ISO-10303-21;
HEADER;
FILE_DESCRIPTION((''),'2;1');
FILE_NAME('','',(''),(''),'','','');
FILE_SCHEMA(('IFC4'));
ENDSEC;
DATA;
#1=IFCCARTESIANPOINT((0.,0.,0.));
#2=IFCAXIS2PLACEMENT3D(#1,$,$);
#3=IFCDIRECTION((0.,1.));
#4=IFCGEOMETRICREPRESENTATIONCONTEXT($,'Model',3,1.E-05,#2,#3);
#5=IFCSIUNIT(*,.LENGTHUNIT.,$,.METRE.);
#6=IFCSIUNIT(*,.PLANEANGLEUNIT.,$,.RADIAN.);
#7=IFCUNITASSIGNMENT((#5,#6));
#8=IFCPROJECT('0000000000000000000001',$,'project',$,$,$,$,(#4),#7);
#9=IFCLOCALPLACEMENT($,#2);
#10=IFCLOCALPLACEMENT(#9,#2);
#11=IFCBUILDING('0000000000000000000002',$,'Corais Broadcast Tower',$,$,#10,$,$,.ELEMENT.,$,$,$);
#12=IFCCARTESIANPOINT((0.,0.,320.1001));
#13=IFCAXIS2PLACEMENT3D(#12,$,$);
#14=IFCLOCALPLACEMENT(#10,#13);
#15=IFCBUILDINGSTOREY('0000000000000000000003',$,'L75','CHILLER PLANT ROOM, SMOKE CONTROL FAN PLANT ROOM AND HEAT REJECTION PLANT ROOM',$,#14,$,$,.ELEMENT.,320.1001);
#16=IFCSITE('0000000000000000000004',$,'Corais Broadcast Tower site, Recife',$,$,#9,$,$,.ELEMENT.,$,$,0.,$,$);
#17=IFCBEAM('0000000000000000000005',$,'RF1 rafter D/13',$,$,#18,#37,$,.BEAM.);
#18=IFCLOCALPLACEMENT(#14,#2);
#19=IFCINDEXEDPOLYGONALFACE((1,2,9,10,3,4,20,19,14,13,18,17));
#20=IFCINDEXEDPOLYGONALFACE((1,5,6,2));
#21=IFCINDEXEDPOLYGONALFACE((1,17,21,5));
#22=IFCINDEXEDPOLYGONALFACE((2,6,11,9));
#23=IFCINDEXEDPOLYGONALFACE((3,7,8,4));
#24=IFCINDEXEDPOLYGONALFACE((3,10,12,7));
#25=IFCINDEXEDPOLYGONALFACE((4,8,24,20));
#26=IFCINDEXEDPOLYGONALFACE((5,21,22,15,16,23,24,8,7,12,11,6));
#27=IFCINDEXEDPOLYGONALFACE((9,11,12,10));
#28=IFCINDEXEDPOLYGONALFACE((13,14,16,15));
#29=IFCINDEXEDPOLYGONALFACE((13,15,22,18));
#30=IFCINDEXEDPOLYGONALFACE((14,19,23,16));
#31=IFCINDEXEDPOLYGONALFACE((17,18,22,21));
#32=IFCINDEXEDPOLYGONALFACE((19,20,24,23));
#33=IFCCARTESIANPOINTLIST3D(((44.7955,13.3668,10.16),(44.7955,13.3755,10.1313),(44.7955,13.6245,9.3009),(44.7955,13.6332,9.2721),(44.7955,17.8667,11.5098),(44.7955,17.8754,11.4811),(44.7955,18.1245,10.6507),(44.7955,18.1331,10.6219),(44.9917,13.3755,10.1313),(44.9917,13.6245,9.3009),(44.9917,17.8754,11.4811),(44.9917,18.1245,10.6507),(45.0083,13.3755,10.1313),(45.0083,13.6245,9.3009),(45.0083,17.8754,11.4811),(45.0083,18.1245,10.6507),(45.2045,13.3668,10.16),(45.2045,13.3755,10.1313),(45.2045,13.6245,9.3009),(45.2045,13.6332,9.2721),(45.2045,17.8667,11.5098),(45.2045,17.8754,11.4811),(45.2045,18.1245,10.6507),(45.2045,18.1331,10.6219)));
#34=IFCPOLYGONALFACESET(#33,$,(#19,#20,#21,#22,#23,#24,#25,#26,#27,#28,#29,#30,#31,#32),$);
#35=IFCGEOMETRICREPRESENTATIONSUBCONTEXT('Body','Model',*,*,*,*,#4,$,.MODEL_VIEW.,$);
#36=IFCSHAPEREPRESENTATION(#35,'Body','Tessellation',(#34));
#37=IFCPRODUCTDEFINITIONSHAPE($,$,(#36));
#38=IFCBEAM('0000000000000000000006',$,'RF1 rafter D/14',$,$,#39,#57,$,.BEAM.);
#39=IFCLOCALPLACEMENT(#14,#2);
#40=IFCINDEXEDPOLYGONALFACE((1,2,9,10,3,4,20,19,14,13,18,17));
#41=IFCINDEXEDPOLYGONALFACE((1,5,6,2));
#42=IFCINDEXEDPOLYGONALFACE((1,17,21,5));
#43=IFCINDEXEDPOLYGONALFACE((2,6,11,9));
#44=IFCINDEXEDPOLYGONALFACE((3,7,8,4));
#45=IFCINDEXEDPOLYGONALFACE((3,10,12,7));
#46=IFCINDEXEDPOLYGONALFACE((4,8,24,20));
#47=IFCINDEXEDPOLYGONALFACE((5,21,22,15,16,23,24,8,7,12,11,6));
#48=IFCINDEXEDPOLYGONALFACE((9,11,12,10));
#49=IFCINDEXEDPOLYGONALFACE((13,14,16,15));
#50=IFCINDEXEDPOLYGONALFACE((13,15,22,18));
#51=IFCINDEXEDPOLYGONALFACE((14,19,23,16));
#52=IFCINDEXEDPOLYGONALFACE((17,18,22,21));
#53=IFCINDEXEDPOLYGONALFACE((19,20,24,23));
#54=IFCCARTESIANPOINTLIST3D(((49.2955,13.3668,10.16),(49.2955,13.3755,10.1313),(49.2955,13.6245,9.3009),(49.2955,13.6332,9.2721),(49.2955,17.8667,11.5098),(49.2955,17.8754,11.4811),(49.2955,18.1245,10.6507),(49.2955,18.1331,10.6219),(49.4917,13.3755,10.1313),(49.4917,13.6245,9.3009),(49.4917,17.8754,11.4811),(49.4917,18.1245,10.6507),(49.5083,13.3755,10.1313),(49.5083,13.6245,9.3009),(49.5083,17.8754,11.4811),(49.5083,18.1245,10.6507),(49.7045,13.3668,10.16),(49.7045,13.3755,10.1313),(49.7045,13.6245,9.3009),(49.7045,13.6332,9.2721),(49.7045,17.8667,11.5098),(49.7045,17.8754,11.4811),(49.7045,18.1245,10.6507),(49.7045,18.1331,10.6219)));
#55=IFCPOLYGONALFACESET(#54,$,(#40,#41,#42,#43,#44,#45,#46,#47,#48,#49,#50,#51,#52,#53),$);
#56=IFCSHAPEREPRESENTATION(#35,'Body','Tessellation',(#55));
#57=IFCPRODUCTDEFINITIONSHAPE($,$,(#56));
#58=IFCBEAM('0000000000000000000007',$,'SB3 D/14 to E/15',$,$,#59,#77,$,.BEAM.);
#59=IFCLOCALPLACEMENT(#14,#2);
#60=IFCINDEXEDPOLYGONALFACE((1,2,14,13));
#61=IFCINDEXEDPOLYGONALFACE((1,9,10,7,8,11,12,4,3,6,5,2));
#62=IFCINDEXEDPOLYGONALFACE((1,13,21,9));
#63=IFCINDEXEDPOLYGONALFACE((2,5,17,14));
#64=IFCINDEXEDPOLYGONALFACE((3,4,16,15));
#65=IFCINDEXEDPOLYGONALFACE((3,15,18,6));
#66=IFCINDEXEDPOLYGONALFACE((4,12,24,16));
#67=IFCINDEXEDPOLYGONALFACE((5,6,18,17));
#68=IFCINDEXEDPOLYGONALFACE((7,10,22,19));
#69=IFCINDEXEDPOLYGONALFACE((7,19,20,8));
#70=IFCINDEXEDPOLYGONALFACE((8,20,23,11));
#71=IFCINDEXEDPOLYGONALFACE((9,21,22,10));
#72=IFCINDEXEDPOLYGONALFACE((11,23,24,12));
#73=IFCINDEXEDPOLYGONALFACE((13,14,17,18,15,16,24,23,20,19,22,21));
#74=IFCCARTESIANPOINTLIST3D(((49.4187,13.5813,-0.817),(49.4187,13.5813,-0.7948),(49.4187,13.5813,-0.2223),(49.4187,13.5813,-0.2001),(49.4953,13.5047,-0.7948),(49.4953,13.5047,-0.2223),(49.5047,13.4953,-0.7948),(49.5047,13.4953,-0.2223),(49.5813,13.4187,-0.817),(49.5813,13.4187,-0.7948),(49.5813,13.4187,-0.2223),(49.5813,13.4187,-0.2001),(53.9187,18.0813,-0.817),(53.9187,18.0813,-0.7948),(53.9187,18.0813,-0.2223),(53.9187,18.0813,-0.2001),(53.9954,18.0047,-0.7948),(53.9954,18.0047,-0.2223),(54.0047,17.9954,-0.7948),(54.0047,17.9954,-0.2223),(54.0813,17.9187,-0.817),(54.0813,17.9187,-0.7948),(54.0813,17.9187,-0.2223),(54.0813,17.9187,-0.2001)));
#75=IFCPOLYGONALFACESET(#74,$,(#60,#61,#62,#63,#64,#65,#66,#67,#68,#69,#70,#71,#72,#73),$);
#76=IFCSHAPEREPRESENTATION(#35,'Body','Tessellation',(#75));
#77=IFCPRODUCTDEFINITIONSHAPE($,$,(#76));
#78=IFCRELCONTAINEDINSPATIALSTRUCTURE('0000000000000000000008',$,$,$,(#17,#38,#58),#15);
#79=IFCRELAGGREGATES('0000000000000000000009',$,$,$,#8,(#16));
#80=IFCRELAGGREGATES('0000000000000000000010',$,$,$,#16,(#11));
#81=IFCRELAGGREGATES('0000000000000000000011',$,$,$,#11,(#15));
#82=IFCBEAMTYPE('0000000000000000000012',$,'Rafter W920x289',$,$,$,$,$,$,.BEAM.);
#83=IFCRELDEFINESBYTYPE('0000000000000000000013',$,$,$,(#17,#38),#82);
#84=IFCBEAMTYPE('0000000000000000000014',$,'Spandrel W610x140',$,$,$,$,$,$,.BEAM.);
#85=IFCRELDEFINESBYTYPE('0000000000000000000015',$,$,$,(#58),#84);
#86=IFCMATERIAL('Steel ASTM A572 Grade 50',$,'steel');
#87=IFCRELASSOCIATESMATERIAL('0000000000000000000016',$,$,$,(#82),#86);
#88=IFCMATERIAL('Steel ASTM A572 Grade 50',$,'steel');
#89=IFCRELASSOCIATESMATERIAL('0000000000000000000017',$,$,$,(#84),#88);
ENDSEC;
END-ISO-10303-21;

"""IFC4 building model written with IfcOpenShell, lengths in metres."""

from ifc_helpers import new_model, si_unit, direction, frame, origin, origin_2d, place, context, subcontext, project, spatial, i_section, extrude, material, material_profile, profile_set, type_object, element, save


model = new_model("IFC4")

# Units and contexts
model_context = context("Model", 3, precision=1e-05, world=origin(), true_north=direction((0.0, 1.0)))
body_context = subcontext(model_context, "Body", "Model", "MODEL_VIEW")
ifc_project = project(units=[si_unit("LENGTHUNIT", "METRE"), si_unit("PLANEANGLEUNIT", "RADIAN")], contexts=[model_context])

# Site, building, storey
site_placement = place(None, origin())
site = spatial("IfcSite", under=ifc_project, at=site_placement, Name="Corais Broadcast Tower site, Recife", CompositionType="ELEMENT", RefElevation=0.0)
building_placement = place(site_placement, origin())
building = spatial("IfcBuilding", under=site, at=building_placement, Name="Corais Broadcast Tower", CompositionType="ELEMENT")
storey_placement = place(building_placement, frame((0.0, 0.0, 320.1001)))
storey = spatial("IfcBuildingStorey", under=building, at=storey_placement, Name="L75", Description="CHILLER PLANT ROOM, SMOKE CONTROL FAN PLANT ROOM AND HEAT REJECTION PLANT ROOM", CompositionType="ELEMENT", Elevation=320.1001)

# Beams
ifc_material_1 = material(Name="Steel ASTM A572 Grade 50", Category="steel")
ifc_material_profile_1 = material_profile(ifc_material_1, i_section(OverallWidth=0.4089, OverallDepth=0.927, WebThickness=0.0166, FlangeThickness=0.03, at=origin_2d()), Name="W920x289")
ifc_profile_set_1 = profile_set([ifc_material_profile_1], Name="Steel ASTM A572 Grade 50")
beam_type_1 = type_object("IfcBeamType", Name="Rafter W920x289", PredefinedType="BEAM", material=ifc_profile_set_1)
for number, where, z_axis, x_axis, name in (
    (1, (45.0, 13.5, 9.7161), (0.0, 0.957835, 0.287319), (-1.0, 0.0, 0.0), "RF1 rafter D/13"),
    (2, (49.5, 13.5, 9.7161), (0.0, 0.957835, 0.287319), (-1.0, 0.0, 0.0), "RF1 rafter D/14"),
):
    element("IfcBeam", number, at=place(storey_placement, frame(where, z_axis=z_axis, x_axis=x_axis)), inside=storey, type_object=beam_type_1, Name=name, PredefinedType="BEAM", context=body_context, shape_type="SweptSolid", body=[
        extrude(i_section(OverallWidth=0.4089, OverallDepth=0.927, WebThickness=0.0166, FlangeThickness=0.03, at=origin_2d()), origin(), (0.0, 0.0, 1.0), 4.698),
    ])
ifc_material_2 = material(Name="Steel ASTM A572 Grade 50", Category="steel")
ifc_material_profile_2 = material_profile(ifc_material_2, i_section(OverallWidth=0.23, OverallDepth=0.6169, WebThickness=0.0132, FlangeThickness=0.0222, at=origin_2d()), Name="W610x140")
ifc_profile_set_2 = profile_set([ifc_material_profile_2], Name="Steel ASTM A572 Grade 50")
beam_type_2 = type_object("IfcBeamType", Name="Spandrel W610x140", PredefinedType="BEAM", material=ifc_profile_set_2)
beam_1_placement = place(storey_placement, frame((49.5, 13.5, -0.5085), z_axis=(0.707107, 0.707107, 0.0), x_axis=(-0.707107, 0.707107, 0.0)))
element("IfcBeam", 3, at=beam_1_placement, inside=storey, type_object=beam_type_2, Name="SB3 D/14 to E/15", PredefinedType="BEAM", context=body_context, shape_type="SweptSolid", body=[
    extrude(i_section(OverallWidth=0.23, OverallDepth=0.6169, WebThickness=0.0132, FlangeThickness=0.0222, at=origin_2d()), origin(), (0.0, 0.0, 1.0), 6.364),
])

save(model, "model.ifc")
